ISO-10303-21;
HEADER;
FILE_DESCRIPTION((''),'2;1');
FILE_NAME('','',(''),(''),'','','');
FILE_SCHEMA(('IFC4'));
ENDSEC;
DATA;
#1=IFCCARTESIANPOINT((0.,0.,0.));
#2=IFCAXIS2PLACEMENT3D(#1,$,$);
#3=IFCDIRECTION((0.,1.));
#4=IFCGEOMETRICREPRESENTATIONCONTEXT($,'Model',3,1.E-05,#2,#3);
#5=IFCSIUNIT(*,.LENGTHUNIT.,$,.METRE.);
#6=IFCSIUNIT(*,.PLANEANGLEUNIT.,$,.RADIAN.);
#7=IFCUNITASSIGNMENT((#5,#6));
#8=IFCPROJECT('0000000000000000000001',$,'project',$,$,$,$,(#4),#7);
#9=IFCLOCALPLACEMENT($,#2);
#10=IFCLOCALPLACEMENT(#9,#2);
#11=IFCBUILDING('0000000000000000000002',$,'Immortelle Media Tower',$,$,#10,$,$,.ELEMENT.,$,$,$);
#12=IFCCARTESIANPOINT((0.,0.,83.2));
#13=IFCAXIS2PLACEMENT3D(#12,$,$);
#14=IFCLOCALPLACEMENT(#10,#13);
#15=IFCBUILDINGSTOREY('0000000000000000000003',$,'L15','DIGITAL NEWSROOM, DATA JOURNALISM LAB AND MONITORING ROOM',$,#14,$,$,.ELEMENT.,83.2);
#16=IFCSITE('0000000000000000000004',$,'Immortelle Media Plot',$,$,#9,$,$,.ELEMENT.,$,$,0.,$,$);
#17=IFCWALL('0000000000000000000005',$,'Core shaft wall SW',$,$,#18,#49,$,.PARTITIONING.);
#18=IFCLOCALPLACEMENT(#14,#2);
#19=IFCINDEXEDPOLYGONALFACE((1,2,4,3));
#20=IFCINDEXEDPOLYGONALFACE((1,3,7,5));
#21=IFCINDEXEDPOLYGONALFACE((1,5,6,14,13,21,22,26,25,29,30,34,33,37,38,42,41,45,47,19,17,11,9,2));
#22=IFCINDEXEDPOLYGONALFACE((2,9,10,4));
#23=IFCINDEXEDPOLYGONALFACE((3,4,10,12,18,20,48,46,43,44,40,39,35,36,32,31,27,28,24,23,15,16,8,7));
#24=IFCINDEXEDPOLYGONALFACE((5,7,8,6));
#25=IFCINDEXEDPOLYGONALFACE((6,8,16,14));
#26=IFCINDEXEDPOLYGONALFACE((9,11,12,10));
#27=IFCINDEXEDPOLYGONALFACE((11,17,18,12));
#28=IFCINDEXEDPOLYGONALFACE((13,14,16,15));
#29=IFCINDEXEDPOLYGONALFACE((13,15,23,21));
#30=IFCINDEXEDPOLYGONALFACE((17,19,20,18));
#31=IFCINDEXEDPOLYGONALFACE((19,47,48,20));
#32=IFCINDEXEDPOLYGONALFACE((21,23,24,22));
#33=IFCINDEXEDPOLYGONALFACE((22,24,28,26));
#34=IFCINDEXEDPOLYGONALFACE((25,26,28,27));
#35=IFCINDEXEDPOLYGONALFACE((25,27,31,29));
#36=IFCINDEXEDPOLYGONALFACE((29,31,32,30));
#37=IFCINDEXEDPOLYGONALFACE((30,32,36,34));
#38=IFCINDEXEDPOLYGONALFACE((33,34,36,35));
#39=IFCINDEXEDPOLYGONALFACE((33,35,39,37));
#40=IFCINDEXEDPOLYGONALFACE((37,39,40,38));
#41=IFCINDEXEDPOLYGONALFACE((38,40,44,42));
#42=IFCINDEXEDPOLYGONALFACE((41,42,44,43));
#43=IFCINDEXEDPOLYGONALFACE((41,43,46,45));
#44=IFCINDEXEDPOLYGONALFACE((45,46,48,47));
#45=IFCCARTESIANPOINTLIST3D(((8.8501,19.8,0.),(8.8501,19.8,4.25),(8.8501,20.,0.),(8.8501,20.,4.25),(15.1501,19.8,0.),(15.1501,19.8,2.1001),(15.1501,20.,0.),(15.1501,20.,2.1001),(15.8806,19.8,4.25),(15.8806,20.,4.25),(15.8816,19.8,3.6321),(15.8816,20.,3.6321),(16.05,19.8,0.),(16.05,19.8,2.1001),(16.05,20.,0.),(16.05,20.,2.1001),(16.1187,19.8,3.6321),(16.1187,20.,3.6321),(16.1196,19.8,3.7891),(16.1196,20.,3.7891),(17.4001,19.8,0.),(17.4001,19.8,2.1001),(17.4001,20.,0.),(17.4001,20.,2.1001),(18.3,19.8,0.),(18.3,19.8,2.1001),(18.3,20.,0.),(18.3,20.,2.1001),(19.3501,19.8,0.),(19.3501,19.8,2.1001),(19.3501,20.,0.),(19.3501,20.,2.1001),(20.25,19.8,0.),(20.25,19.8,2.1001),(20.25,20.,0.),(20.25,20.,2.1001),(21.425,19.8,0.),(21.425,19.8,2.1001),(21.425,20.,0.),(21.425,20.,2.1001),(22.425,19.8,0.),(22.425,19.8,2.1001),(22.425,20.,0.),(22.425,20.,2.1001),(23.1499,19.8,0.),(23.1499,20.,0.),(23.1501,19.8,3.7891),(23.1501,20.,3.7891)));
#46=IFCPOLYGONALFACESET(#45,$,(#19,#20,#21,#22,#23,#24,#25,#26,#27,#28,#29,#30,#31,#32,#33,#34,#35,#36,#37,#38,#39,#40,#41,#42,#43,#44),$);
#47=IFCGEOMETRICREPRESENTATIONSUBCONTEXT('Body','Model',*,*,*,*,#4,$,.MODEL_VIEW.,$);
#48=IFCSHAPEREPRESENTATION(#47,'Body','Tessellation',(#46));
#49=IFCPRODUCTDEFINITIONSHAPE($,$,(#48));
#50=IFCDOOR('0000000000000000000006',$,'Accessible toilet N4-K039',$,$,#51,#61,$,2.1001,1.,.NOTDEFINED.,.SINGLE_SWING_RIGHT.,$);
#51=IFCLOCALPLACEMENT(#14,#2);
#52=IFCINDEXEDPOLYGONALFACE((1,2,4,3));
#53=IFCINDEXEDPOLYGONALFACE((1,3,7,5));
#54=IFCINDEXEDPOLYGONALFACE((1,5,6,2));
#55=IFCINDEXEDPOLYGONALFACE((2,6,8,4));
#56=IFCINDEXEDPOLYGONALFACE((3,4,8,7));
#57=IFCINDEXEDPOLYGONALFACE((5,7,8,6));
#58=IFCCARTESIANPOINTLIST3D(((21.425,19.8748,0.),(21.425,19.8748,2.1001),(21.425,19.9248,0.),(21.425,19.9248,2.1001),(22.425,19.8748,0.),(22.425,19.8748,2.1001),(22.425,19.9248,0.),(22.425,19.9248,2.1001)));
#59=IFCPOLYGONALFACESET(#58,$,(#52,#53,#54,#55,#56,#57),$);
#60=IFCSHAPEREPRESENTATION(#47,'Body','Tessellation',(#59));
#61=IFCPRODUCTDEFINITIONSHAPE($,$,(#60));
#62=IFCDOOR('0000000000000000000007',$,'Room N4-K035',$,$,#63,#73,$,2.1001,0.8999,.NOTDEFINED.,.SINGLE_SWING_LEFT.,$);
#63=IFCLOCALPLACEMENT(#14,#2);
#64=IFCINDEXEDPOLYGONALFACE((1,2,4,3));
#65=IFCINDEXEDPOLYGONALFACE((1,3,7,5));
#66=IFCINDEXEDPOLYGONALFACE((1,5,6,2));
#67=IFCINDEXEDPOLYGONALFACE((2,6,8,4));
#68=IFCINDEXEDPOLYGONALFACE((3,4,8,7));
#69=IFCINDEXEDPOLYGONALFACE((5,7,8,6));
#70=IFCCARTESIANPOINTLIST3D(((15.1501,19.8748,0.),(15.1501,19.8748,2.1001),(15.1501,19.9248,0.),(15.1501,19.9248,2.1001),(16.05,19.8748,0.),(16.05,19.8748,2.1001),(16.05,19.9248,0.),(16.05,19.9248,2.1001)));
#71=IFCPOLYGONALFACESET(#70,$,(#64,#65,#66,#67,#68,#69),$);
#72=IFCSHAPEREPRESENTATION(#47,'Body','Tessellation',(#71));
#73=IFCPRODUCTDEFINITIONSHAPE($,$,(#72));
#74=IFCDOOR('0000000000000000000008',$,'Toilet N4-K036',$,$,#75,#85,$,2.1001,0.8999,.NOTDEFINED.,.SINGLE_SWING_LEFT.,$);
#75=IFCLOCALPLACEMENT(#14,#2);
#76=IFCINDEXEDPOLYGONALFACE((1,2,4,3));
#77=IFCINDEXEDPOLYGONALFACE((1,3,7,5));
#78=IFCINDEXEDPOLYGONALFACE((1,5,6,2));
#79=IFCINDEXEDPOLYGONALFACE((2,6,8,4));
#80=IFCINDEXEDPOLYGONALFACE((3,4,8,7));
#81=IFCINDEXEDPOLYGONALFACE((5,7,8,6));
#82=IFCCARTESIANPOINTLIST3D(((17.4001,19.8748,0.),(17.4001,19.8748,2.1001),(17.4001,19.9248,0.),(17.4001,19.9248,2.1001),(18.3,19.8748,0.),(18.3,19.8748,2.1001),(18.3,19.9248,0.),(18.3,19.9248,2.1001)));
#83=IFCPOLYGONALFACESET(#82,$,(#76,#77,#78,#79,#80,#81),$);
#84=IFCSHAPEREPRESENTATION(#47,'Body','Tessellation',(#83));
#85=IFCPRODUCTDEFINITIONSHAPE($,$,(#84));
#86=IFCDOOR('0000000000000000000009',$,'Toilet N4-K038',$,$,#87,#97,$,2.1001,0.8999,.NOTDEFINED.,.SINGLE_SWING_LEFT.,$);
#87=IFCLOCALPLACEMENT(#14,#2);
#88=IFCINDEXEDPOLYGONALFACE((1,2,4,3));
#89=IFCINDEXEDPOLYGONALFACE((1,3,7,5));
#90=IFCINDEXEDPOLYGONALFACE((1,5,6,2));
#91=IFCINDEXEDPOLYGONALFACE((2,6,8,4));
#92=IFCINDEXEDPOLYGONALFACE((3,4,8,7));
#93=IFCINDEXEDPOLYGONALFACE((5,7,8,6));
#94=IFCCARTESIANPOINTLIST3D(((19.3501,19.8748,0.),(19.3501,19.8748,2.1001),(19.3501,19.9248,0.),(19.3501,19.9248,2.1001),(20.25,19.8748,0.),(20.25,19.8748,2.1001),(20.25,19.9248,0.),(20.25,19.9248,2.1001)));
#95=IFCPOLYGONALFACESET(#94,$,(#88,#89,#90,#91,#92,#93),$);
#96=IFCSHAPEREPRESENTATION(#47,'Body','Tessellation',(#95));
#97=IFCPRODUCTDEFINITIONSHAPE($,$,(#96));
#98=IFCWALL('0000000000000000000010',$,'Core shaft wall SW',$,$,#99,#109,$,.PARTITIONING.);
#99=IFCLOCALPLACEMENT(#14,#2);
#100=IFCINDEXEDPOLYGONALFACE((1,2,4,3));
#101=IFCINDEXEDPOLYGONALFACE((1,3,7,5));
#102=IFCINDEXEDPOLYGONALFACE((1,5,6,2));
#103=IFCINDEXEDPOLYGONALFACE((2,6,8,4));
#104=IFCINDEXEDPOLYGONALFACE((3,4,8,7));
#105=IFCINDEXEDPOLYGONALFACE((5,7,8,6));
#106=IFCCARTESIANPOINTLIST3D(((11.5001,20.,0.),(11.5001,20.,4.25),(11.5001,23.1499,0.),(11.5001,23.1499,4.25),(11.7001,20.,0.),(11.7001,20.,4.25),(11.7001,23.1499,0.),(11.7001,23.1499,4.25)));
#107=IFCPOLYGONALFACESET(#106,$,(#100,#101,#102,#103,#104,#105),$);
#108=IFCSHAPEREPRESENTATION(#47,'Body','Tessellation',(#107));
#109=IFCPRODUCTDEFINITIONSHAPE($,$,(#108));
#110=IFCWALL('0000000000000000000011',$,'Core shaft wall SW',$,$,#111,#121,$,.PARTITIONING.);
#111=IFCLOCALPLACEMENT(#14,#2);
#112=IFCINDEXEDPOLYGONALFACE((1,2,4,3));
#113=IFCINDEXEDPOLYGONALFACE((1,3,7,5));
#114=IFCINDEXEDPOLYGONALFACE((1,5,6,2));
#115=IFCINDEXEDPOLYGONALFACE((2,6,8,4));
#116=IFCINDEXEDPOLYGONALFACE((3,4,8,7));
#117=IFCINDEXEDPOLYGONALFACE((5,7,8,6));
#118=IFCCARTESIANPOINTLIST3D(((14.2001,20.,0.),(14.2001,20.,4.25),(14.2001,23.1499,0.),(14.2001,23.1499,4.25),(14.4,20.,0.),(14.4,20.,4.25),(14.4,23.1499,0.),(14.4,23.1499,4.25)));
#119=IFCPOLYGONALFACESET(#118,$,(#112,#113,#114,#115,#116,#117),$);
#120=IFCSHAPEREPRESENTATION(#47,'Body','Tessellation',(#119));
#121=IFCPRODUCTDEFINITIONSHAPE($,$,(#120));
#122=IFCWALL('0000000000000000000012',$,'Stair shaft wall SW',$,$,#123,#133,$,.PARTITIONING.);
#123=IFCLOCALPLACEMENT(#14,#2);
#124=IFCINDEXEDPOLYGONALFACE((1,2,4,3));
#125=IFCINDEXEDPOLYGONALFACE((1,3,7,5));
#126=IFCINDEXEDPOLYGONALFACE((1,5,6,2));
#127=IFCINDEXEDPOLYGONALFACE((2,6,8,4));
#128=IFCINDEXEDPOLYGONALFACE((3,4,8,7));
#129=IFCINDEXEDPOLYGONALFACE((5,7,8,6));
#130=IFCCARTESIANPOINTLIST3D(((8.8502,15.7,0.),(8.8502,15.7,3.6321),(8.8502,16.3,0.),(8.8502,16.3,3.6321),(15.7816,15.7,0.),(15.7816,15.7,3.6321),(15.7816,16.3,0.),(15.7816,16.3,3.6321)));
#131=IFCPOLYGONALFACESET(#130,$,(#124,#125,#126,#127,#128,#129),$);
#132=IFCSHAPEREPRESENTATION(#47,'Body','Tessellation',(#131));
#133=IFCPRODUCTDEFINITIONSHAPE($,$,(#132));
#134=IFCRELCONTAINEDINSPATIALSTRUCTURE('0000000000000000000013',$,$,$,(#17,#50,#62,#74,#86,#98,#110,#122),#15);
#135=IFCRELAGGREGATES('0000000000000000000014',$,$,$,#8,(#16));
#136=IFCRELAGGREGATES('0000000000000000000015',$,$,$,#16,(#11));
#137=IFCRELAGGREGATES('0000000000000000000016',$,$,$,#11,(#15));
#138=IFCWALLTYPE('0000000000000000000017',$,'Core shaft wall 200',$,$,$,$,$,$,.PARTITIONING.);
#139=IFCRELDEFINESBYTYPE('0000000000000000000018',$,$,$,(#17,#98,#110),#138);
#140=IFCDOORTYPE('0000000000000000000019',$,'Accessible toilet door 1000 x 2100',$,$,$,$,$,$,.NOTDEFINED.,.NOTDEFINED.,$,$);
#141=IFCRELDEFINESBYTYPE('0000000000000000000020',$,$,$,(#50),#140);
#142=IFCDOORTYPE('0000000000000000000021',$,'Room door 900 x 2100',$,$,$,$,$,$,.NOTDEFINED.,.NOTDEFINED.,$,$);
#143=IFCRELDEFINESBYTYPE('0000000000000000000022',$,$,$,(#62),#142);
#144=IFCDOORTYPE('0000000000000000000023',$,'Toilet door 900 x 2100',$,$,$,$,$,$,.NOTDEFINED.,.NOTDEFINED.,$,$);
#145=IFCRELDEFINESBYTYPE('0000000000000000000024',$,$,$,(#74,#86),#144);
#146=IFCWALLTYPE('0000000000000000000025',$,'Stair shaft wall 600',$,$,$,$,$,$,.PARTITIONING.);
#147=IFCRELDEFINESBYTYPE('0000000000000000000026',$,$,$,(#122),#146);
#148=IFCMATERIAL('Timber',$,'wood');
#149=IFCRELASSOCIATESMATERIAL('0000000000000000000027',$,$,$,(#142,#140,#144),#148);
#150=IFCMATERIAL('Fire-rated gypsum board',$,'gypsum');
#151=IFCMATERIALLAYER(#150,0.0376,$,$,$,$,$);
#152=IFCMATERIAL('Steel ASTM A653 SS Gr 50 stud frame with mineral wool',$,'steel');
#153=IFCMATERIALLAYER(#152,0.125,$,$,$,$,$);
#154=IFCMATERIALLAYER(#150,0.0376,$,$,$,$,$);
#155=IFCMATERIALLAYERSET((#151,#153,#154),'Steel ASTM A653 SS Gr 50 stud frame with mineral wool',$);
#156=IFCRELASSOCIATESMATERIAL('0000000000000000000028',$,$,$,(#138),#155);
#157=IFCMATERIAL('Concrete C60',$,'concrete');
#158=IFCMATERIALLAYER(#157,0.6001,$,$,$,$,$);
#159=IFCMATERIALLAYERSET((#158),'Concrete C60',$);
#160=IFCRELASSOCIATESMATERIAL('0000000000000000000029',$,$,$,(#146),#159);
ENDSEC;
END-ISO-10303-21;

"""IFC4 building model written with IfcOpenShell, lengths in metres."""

from ifc_helpers import new_model, si_unit, direction, frame, frame_2d, origin, place, context, subcontext, project, spatial, polyline, rectangle, outline, extrude, material, layer, layer_set, type_object, element, fill, save


model = new_model("IFC4")

# Units and contexts
model_context = context("Model", 3, precision=1e-05, world=origin(), true_north=direction((0.0, 1.0)))
body_context = subcontext(model_context, "Body", "Model", "MODEL_VIEW")
ifc_project = project(units=[si_unit("LENGTHUNIT", "METRE"), si_unit("PLANEANGLEUNIT", "RADIAN")], contexts=[model_context])

# Site, building, storey
site_placement = place(None, origin())
site = spatial("IfcSite", under=ifc_project, at=site_placement, Name="Immortelle Media Plot", CompositionType="ELEMENT", RefElevation=0.0)
building_placement = place(site_placement, origin())
building = spatial("IfcBuilding", under=site, at=building_placement, Name="Immortelle Media Tower", CompositionType="ELEMENT")
storey_placement = place(building_placement, frame((0.0, 0.0, 83.2)))
storey = spatial("IfcBuildingStorey", under=building, at=storey_placement, Name="L15", Description="DIGITAL NEWSROOM, DATA JOURNALISM LAB AND MONITORING ROOM", CompositionType="ELEMENT", Elevation=83.2)

# Shared definitions
ifc_material_1 = material(Name="Fire-rated gypsum board", Category="gypsum")
ifc_material_2 = material(Name="Steel ASTM A653 SS Gr 50 stud frame with mineral wool", Category="steel")

# Shared definitions
ifc_material_3 = material(Name="Timber", Category="wood")
door_type_1 = type_object("IfcDoorType", Name="Room door 900 x 2100", OperationType="NOTDEFINED", PredefinedType="NOTDEFINED", material=ifc_material_3)

# Wall, openings, doors
ifc_layer_1 = layer(ifc_material_1, 0.0376)
ifc_layer_2 = layer(ifc_material_2, 0.125)
ifc_layer_3 = layer(ifc_material_1, 0.0376)
ifc_layer_set_1 = layer_set([ifc_layer_1, ifc_layer_2, ifc_layer_3], Name="Steel ASTM A653 SS Gr 50 stud frame with mineral wool")
wall_type_1 = type_object("IfcWallType", Name="Core shaft wall 200", PredefinedType="PARTITIONING", material=ifc_layer_set_1)
wall_1_placement = place(storey_placement, frame((8.8501, 19.8999, 0.0), z_axis=(0.0, 0.0, 1.0), x_axis=(1.0, 0.0, 0.0)))
wall_1 = element("IfcWall", 1, at=wall_1_placement, inside=storey, type_object=wall_type_1, Name="Core shaft wall SW", PredefinedType="PARTITIONING", context=body_context, shape_type="SweptSolid", body=[
    extrude(outline(polyline([(0.0, 0.0), (14.2998, 0.0), (14.3, 3.7891), (7.2695, 3.7891), (7.2686, 3.6321), (7.0315, 3.6321), (7.0305, 4.25), (0.0, 4.25), (0.0, 0.0)])), frame((0.0, 0.1001, 0.0), z_axis=(0.0, -1.0, 0.0), x_axis=(1.0, 0.0, 0.0)), (0.0, 0.0, 1.0), 0.2),
])
opening_1_placement = place(wall_1_placement, frame((6.3, 0.0, 0.0)))
opening_1 = element("IfcOpeningElement", 2, at=opening_1_placement, cuts=wall_1, PredefinedType="OPENING", context=body_context, shape_type="SweptSolid", body=[
    extrude(rectangle(XDim=0.8999, YDim=2.1001, at=frame_2d((0.45, 1.05))), frame((0.0, 0.1099, 0.0), z_axis=(0.0, -1.0, 0.0), x_axis=(1.0, 0.0, 0.0)), (0.0, 0.0, 1.0), 0.22),
])
opening_2_placement = place(wall_1_placement, frame((8.55, 0.0, 0.0)))
opening_2 = element("IfcOpeningElement", 3, at=opening_2_placement, cuts=wall_1, PredefinedType="OPENING", context=body_context, shape_type="SweptSolid", body=[
    extrude(rectangle(XDim=0.8999, YDim=2.1001, at=frame_2d((0.45, 1.05))), frame((0.0, 0.1099, 0.0), z_axis=(0.0, -1.0, 0.0), x_axis=(1.0, 0.0, 0.0)), (0.0, 0.0, 1.0), 0.22),
])
opening_3_placement = place(wall_1_placement, frame((10.5, 0.0, 0.0)))
opening_3 = element("IfcOpeningElement", 4, at=opening_3_placement, cuts=wall_1, PredefinedType="OPENING", context=body_context, shape_type="SweptSolid", body=[
    extrude(rectangle(XDim=0.8999, YDim=2.1001, at=frame_2d((0.45, 1.05))), frame((0.0, 0.1099, 0.0), z_axis=(0.0, -1.0, 0.0), x_axis=(1.0, 0.0, 0.0)), (0.0, 0.0, 1.0), 0.22),
])
opening_4_placement = place(wall_1_placement, frame((12.575, 0.0, 0.0)))
opening_4 = element("IfcOpeningElement", 5, at=opening_4_placement, cuts=wall_1, PredefinedType="OPENING", context=body_context, shape_type="SweptSolid", body=[
    extrude(rectangle(XDim=1.0, YDim=2.1001, at=frame_2d((0.5, 1.05))), frame((0.0, 0.1099, 0.0), z_axis=(0.0, -1.0, 0.0), x_axis=(1.0, 0.0, 0.0)), (0.0, 0.0, 1.0), 0.22),
])
door_type_2 = type_object("IfcDoorType", Name="Accessible toilet door 1000 x 2100", OperationType="NOTDEFINED", PredefinedType="NOTDEFINED", material=ifc_material_3)
door_1_placement = place(opening_4_placement, origin())
door_1 = element("IfcDoor", 6, at=door_1_placement, inside=storey, type_object=door_type_2, Name="Accessible toilet N4-K039", OperationType="SINGLE_SWING_RIGHT", OverallHeight=2.1001, OverallWidth=1.0, PredefinedType="NOTDEFINED", context=body_context, shape_type="SweptSolid", body=[
    extrude(rectangle(XDim=1.0, YDim=2.1001, at=frame_2d((0.5, 1.05))), frame((0.0, 0.0249, 0.0), z_axis=(0.0, -1.0, 0.0), x_axis=(1.0, 0.0, 0.0)), (0.0, 0.0, 1.0), 0.05),
])
fill(opening_4, door_1)
door_2_placement = place(opening_1_placement, origin())
door_2 = element("IfcDoor", 7, at=door_2_placement, inside=storey, type_object=door_type_1, Name="Room N4-K035", OperationType="SINGLE_SWING_LEFT", OverallHeight=2.1001, OverallWidth=0.8999, PredefinedType="NOTDEFINED", context=body_context, shape_type="SweptSolid", body=[
    extrude(rectangle(XDim=0.8999, YDim=2.1001, at=frame_2d((0.45, 1.05))), frame((0.0, 0.0249, 0.0), z_axis=(0.0, -1.0, 0.0), x_axis=(1.0, 0.0, 0.0)), (0.0, 0.0, 1.0), 0.05),
])
fill(opening_1, door_2)
door_type_3 = type_object("IfcDoorType", Name="Toilet door 900 x 2100", OperationType="NOTDEFINED", PredefinedType="NOTDEFINED", material=ifc_material_3)
door_3_placement = place(opening_2_placement, origin())
door_3 = element("IfcDoor", 8, at=door_3_placement, inside=storey, type_object=door_type_3, Name="Toilet N4-K036", OperationType="SINGLE_SWING_LEFT", OverallHeight=2.1001, OverallWidth=0.8999, PredefinedType="NOTDEFINED", context=body_context, shape_type="SweptSolid", body=[
    extrude(rectangle(XDim=0.8999, YDim=2.1001, at=frame_2d((0.45, 1.05))), frame((0.0, 0.0249, 0.0), z_axis=(0.0, -1.0, 0.0), x_axis=(1.0, 0.0, 0.0)), (0.0, 0.0, 1.0), 0.05),
])
fill(opening_2, door_3)
door_4_placement = place(opening_3_placement, origin())
door_4 = element("IfcDoor", 9, at=door_4_placement, inside=storey, type_object=door_type_3, Name="Toilet N4-K038", OperationType="SINGLE_SWING_LEFT", OverallHeight=2.1001, OverallWidth=0.8999, PredefinedType="NOTDEFINED", context=body_context, shape_type="SweptSolid", body=[
    extrude(rectangle(XDim=0.8999, YDim=2.1001, at=frame_2d((0.45, 1.05))), frame((0.0, 0.0249, 0.0), z_axis=(0.0, -1.0, 0.0), x_axis=(1.0, 0.0, 0.0)), (0.0, 0.0, 1.0), 0.05),
])
fill(opening_3, door_4)

# Walls
for number, where, z_axis, x_axis, name in (
    (10, (11.6001, 20.0, 0.0), (0.0, 0.0, 1.0), (0.0, 1.0, 0.0), "Core shaft wall SW"),
    (11, (14.3, 20.0, 0.0), (0.0, 0.0, 1.0), (0.0, 1.0, 0.0), "Core shaft wall SW"),
):
    element("IfcWall", number, at=place(storey_placement, frame(where, z_axis=z_axis, x_axis=x_axis)), inside=storey, type_object=wall_type_1, Name=name, PredefinedType="PARTITIONING", context=body_context, shape_type="SweptSolid", body=[
        extrude(rectangle(XDim=3.1499, YDim=0.2, at=frame_2d((1.575, 0.0))), origin(), (0.0, 0.0, 1.0), 4.25),
    ])
ifc_material_4 = material(Name="Concrete C60", Category="concrete")
ifc_layer_4 = layer(ifc_material_4, 0.6001)
ifc_layer_set_2 = layer_set([ifc_layer_4], Name="Concrete C60")
wall_type_2 = type_object("IfcWallType", Name="Stair shaft wall 600", PredefinedType="PARTITIONING", material=ifc_layer_set_2)
wall_2_placement = place(storey_placement, frame((8.8501, 16.0, 0.0), z_axis=(0.0, 0.0, 1.0), x_axis=(1.0, 0.0, 0.0)))
element("IfcWall", 12, at=wall_2_placement, inside=storey, type_object=wall_type_2, Name="Stair shaft wall SW", PredefinedType="PARTITIONING", context=body_context, shape_type="SweptSolid", body=[
    extrude(rectangle(XDim=6.9314, YDim=0.6001, at=frame_2d((3.4658, 0.0))), origin(), (0.0, 0.0, 1.0), 3.6321),
])

save(model, "model.ifc")
